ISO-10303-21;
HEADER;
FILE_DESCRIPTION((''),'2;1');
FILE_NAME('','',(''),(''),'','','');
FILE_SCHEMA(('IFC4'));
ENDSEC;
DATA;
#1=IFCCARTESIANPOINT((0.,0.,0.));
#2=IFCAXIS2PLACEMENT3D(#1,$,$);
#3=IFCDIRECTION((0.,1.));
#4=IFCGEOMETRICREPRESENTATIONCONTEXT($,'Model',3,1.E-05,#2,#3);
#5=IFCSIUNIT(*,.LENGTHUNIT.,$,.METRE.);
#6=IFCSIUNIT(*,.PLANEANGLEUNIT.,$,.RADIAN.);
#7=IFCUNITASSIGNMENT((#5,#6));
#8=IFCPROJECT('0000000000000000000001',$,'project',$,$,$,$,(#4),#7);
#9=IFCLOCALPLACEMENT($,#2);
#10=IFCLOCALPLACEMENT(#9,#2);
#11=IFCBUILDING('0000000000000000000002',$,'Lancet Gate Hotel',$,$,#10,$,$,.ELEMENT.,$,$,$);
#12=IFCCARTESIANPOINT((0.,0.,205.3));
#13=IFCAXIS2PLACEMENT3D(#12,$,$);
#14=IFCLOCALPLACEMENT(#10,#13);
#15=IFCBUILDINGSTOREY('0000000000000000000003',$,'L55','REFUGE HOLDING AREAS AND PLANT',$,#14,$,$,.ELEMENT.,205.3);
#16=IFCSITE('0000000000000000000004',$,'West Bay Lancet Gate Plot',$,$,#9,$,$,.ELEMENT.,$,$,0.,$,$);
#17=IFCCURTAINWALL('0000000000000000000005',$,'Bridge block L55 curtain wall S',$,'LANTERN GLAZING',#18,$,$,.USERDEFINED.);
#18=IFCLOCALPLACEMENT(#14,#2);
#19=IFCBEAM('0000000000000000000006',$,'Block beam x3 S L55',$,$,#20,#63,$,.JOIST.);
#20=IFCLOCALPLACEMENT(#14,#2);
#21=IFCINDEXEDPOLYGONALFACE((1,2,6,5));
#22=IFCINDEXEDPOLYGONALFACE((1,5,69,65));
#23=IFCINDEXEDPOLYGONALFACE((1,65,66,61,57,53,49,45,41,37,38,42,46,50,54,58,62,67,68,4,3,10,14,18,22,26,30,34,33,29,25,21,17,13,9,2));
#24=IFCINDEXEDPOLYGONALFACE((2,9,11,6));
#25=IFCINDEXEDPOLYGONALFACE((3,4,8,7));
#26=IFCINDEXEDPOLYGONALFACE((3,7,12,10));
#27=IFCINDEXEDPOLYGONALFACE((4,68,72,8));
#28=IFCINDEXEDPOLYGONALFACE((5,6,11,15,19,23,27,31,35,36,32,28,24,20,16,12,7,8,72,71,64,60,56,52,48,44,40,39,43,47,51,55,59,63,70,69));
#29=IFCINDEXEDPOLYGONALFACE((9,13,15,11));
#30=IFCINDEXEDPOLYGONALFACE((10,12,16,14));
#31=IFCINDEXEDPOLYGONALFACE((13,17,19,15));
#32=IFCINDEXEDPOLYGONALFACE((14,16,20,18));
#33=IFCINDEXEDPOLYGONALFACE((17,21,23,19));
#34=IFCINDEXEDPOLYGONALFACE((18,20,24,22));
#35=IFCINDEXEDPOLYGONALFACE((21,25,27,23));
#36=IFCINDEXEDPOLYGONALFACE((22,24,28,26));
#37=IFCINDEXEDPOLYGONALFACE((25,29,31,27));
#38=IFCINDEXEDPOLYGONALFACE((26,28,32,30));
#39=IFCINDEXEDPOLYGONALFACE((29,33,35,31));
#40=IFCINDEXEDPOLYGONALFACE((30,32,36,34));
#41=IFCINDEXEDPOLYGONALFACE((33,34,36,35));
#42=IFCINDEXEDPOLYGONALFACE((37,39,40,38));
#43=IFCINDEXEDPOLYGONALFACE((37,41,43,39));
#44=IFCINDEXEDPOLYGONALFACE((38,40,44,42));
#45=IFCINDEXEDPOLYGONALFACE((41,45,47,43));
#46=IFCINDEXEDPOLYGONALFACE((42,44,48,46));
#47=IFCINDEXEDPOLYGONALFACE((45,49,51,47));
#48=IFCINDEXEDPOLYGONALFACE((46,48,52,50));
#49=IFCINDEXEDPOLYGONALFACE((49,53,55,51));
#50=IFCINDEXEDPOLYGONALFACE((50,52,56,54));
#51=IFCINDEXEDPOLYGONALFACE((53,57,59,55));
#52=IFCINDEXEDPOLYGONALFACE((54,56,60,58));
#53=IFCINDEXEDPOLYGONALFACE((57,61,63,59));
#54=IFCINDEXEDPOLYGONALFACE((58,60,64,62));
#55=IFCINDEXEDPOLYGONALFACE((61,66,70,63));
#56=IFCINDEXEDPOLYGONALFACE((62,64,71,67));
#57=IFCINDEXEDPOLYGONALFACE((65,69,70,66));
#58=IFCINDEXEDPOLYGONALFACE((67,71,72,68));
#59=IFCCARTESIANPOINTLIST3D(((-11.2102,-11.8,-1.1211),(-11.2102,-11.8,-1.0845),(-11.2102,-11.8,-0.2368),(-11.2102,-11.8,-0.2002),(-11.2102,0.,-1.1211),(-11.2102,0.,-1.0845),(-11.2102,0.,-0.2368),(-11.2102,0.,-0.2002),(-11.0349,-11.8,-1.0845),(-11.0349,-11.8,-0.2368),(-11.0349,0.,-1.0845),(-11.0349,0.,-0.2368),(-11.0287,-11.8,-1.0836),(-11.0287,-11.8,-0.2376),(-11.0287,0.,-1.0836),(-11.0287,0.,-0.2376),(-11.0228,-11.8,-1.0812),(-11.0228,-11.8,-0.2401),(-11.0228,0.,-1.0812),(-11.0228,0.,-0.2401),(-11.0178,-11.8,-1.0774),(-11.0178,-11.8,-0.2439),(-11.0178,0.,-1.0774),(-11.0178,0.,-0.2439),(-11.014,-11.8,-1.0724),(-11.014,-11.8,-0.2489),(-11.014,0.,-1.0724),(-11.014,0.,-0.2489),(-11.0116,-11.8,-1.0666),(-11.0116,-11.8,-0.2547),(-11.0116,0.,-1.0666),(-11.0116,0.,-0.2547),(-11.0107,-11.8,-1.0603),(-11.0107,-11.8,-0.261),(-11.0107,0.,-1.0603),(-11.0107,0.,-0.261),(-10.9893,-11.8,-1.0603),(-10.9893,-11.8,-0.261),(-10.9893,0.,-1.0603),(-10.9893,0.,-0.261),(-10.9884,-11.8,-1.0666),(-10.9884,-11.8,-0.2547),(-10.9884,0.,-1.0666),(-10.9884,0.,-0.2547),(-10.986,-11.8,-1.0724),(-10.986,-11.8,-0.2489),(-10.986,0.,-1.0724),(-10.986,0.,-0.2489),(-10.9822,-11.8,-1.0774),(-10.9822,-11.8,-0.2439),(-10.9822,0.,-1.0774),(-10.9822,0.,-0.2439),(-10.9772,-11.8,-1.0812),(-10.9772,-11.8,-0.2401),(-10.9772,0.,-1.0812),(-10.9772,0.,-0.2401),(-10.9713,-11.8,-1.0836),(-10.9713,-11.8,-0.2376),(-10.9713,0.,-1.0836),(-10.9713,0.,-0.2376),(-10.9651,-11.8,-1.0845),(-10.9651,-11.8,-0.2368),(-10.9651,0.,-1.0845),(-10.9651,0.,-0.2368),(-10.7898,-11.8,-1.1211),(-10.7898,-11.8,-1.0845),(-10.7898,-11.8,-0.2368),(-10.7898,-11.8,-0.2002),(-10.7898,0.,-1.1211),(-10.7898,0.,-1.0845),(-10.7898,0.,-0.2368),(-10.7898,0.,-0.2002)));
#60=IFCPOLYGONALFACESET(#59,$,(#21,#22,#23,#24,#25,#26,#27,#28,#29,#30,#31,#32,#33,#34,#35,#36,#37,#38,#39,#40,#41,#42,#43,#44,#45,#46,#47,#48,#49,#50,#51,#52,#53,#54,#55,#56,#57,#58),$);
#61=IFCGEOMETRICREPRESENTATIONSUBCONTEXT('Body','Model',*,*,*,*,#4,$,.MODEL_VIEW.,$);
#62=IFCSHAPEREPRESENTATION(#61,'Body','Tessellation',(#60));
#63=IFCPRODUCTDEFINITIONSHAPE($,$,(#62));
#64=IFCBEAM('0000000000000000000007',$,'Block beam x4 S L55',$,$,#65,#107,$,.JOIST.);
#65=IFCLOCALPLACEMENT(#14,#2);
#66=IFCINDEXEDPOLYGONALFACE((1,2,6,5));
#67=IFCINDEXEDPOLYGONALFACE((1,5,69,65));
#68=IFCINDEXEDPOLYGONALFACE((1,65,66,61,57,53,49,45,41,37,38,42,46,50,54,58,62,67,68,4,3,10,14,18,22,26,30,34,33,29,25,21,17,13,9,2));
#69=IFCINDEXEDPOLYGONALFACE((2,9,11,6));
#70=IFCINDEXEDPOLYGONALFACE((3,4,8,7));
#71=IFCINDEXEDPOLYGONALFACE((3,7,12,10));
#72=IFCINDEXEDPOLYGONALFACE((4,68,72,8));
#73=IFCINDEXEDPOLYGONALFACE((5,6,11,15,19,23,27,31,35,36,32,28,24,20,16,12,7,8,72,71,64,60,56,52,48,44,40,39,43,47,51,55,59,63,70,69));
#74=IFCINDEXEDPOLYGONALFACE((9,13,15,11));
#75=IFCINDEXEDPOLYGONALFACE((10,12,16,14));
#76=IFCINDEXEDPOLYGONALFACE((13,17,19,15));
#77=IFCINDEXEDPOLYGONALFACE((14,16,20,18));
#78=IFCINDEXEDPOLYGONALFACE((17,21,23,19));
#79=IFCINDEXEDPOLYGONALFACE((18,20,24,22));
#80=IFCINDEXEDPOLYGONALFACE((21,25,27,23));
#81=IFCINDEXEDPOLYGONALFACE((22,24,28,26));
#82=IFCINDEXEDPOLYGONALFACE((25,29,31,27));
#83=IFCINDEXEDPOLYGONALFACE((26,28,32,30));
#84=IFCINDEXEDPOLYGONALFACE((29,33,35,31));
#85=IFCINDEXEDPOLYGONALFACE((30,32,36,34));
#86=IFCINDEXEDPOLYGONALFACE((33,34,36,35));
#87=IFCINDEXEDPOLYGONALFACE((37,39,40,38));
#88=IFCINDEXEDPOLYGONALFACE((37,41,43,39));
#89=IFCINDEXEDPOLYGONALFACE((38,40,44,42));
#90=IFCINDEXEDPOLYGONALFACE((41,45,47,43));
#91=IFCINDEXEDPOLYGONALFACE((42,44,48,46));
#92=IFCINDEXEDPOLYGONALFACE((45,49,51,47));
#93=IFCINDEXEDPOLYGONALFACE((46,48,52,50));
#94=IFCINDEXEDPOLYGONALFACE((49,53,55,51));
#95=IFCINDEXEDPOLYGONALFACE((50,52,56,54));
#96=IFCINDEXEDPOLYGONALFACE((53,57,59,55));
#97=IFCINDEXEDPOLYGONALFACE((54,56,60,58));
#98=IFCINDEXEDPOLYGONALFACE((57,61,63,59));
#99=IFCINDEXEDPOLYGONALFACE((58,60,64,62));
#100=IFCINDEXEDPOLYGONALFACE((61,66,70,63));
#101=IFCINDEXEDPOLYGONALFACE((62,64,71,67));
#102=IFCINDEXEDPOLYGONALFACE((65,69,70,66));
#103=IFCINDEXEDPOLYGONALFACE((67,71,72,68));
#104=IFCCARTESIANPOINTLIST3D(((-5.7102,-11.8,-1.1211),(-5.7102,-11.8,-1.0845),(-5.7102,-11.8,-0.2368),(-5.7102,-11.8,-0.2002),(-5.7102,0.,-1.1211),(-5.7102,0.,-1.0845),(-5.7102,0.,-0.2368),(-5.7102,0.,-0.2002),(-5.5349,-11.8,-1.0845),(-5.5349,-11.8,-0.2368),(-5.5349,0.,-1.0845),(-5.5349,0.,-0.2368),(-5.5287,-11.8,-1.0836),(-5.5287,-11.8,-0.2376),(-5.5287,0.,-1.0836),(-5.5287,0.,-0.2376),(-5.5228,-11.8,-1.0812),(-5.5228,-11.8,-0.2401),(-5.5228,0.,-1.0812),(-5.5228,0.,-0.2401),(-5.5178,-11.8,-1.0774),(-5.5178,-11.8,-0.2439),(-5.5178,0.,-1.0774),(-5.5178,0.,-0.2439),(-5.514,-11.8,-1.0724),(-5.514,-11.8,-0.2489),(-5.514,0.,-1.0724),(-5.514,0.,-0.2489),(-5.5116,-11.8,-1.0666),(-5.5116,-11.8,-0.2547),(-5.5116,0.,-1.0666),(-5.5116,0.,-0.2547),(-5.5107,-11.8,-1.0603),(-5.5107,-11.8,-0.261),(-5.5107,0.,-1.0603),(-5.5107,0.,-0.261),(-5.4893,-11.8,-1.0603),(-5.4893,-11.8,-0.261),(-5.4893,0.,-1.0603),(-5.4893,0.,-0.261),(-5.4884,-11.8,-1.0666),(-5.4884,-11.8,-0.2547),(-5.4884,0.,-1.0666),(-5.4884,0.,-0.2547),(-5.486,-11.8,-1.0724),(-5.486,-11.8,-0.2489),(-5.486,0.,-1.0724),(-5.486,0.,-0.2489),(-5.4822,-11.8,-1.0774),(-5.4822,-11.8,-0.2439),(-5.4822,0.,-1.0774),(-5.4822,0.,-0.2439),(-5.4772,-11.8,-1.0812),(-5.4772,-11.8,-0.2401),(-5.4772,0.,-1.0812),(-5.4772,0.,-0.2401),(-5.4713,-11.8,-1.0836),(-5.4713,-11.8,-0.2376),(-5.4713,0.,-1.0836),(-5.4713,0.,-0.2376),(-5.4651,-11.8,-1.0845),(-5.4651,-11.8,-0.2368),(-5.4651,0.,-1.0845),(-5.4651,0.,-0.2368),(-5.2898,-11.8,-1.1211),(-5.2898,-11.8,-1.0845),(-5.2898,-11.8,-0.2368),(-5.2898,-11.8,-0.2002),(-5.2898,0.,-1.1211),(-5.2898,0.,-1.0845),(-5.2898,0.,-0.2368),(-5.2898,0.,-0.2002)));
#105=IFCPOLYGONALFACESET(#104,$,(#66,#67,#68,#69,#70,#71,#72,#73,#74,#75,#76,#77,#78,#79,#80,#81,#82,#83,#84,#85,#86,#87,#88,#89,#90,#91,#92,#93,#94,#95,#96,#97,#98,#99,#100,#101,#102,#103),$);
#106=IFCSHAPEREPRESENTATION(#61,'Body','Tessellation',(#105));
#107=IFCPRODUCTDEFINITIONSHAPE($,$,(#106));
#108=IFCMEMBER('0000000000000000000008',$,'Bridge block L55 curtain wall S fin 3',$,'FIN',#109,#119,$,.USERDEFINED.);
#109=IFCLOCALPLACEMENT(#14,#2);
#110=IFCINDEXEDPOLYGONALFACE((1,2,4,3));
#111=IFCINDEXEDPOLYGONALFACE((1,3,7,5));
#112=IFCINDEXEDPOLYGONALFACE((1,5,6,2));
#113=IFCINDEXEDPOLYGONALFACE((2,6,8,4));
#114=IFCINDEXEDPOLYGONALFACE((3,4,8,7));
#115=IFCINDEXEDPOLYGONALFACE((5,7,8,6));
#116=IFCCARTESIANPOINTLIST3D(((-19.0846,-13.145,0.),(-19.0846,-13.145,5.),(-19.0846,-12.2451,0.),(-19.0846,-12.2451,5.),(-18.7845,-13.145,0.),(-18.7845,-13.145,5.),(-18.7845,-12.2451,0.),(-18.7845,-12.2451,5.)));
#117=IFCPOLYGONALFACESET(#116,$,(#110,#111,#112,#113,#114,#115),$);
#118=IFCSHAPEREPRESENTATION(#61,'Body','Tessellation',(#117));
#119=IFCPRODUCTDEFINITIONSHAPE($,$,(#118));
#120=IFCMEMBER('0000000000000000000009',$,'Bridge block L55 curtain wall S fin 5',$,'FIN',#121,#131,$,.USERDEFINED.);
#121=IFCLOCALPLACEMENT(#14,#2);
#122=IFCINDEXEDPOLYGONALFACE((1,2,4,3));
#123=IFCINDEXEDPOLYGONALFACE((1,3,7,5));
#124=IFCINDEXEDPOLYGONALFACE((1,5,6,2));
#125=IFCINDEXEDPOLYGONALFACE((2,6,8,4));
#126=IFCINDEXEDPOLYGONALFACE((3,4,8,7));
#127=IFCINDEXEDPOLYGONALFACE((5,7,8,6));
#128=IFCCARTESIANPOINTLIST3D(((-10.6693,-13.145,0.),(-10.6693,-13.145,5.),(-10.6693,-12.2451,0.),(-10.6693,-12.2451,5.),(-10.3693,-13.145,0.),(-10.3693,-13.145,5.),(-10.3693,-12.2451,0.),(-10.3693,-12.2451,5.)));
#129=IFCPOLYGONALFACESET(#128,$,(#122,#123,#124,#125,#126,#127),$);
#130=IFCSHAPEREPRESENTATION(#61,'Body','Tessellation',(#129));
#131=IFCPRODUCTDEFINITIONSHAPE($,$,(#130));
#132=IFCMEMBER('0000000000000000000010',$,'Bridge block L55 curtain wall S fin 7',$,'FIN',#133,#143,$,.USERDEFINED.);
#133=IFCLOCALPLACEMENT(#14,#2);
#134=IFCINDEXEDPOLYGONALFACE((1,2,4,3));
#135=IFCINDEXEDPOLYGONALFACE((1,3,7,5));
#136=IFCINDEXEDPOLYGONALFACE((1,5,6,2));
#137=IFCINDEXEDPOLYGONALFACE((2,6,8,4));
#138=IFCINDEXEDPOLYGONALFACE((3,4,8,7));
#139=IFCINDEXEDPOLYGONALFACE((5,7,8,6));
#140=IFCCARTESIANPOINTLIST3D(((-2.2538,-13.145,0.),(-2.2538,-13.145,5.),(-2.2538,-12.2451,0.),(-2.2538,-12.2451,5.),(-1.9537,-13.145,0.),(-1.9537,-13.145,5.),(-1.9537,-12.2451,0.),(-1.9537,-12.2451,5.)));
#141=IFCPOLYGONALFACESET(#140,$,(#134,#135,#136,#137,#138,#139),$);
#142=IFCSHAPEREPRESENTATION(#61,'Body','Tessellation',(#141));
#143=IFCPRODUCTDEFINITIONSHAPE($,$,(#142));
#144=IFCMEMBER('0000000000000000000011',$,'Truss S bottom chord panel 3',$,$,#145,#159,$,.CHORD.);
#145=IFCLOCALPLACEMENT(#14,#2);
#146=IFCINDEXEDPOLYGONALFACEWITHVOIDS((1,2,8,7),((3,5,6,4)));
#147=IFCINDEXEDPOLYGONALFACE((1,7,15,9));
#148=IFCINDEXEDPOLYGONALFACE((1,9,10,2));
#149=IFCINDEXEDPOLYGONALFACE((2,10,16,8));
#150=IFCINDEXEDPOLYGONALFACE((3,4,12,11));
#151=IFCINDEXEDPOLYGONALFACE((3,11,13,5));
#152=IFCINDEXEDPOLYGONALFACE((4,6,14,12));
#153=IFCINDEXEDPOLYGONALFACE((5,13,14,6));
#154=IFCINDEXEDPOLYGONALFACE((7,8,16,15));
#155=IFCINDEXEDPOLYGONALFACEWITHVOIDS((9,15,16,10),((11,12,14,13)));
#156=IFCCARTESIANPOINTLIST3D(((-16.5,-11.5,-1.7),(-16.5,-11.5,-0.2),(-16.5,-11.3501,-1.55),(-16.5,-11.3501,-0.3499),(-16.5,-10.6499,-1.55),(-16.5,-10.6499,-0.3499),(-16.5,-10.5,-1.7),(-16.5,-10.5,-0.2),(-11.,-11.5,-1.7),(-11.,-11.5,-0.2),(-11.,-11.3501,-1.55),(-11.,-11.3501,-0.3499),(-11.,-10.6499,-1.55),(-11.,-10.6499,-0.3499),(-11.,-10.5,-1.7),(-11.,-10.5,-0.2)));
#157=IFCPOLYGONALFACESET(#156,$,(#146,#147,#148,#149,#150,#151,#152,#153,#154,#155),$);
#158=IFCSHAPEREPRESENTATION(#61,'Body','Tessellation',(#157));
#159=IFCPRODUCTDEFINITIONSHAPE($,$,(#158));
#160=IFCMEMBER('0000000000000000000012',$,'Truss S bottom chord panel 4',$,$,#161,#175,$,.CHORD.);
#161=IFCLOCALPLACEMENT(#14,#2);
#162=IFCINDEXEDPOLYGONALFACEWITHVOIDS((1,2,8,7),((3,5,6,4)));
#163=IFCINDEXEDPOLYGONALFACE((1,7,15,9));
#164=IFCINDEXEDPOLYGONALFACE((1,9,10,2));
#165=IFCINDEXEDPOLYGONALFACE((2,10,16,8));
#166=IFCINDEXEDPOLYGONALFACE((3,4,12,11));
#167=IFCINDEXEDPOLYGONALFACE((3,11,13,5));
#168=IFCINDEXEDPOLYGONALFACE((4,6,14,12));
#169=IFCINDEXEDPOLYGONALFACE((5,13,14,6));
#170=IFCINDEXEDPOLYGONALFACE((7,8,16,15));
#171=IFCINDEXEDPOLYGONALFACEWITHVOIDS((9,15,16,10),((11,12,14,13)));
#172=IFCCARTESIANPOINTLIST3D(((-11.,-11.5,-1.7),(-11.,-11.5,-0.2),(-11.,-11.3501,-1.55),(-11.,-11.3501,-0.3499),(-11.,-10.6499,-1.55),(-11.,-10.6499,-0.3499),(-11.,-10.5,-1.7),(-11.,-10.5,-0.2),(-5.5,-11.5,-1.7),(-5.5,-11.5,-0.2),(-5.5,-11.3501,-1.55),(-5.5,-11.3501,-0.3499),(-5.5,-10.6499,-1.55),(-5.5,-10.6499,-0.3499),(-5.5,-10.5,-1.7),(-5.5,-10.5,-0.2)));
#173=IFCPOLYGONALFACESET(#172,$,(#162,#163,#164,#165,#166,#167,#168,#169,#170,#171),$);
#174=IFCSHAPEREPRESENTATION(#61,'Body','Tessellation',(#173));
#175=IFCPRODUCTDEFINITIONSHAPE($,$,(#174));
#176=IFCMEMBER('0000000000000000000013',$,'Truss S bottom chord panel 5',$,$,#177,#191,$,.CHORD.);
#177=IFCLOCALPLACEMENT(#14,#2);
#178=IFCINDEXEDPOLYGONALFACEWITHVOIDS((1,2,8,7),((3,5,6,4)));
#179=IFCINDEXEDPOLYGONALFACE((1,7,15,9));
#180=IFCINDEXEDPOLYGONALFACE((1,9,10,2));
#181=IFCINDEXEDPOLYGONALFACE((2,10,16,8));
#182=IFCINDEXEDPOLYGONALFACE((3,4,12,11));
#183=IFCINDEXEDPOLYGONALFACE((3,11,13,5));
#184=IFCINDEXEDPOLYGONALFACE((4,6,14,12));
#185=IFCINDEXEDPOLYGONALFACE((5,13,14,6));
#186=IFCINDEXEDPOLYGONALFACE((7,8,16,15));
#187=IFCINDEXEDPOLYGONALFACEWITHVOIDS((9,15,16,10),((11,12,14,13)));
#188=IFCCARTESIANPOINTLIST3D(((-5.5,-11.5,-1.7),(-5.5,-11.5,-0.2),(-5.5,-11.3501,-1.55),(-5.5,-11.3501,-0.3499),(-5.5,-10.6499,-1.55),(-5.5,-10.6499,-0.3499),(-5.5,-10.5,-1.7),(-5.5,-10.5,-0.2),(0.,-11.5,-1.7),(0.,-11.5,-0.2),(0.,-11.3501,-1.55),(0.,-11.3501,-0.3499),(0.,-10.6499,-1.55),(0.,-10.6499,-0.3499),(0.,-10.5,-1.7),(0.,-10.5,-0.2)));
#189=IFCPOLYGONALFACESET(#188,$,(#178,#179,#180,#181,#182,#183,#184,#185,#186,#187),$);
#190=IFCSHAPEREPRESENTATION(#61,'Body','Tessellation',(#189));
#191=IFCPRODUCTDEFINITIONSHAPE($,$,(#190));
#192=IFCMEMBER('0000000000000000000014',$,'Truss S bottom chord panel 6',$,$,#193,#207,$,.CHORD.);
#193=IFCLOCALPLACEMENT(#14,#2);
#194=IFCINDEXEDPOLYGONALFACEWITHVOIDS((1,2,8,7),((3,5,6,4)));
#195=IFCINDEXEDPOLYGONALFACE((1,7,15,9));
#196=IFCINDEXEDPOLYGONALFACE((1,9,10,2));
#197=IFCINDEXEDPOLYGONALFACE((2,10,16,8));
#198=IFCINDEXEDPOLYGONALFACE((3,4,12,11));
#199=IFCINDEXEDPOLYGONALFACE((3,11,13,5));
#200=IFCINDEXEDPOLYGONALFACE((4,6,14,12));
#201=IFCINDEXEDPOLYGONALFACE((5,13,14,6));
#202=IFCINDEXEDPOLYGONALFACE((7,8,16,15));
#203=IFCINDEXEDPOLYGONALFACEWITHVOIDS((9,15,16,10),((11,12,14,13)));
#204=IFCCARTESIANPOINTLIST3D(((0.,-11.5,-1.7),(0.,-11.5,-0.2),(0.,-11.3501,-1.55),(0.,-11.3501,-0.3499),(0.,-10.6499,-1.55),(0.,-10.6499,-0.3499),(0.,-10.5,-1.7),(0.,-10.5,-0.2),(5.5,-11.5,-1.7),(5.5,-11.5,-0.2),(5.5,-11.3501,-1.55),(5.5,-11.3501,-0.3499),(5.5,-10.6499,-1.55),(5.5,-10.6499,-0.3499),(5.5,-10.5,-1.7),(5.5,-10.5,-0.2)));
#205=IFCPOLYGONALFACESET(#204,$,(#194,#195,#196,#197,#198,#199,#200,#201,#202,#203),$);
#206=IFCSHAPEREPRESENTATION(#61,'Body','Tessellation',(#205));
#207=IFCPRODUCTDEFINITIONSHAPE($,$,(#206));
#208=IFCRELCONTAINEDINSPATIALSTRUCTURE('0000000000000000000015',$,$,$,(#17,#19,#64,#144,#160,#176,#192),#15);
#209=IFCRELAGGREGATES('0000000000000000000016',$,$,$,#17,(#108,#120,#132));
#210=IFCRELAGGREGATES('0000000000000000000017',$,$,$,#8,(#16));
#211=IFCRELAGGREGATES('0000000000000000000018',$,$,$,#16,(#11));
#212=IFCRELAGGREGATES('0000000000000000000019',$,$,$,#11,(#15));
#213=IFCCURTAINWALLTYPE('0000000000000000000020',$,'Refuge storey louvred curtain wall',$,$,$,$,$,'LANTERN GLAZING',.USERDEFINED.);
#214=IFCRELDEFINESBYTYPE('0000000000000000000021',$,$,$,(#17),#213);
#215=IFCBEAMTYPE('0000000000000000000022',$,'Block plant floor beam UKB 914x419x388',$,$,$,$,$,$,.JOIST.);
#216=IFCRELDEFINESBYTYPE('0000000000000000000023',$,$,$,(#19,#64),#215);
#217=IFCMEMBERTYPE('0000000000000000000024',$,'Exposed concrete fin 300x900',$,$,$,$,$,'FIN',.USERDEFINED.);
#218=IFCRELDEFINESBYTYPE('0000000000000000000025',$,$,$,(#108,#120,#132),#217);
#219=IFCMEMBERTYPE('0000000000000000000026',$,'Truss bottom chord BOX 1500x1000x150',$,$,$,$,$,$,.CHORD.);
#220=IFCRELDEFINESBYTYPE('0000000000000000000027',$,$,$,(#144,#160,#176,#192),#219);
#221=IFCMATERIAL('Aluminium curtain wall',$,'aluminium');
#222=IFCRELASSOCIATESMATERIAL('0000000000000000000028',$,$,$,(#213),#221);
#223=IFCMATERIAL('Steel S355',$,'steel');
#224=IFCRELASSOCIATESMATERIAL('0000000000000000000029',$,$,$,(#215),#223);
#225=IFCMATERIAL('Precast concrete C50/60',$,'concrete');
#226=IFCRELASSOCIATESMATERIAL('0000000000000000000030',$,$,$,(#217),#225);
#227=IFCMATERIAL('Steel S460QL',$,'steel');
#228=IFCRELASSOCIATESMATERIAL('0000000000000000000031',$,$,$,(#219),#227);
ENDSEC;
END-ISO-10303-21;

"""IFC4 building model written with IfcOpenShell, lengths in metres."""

from ifc_helpers import new_model, si_unit, direction, frame, origin, origin_2d, place, context, subcontext, project, spatial, rectangle, hollow_rectangle, i_section, extrude, material, material_profile, profile_set, type_object, element, aggregate, save


model = new_model("IFC4")

# Units and contexts
model_context = context("Model", 3, precision=1e-05, world=origin(), true_north=direction((0.0, 1.0)))
body_context = subcontext(model_context, "Body", "Model", "MODEL_VIEW")
ifc_project = project(units=[si_unit("LENGTHUNIT", "METRE"), si_unit("PLANEANGLEUNIT", "RADIAN")], contexts=[model_context])

# Site, building, storey
site_placement = place(None, origin())
site = spatial("IfcSite", under=ifc_project, at=site_placement, Name="West Bay Lancet Gate Plot", CompositionType="ELEMENT", RefElevation=0.0)
building_placement = place(site_placement, origin())
building = spatial("IfcBuilding", under=site, at=building_placement, Name="Lancet Gate Hotel", CompositionType="ELEMENT")
storey_placement = place(building_placement, frame((0.0, 0.0, 205.3)))
storey = spatial("IfcBuildingStorey", under=building, at=storey_placement, Name="L55", Description="REFUGE HOLDING AREAS AND PLANT", CompositionType="ELEMENT", Elevation=205.3)

# Curtain wall
ifc_material_1 = material(Name="Aluminium curtain wall", Category="aluminium")
curtain_wall_type = type_object("IfcCurtainWallType", Name="Refuge storey louvred curtain wall", ElementType="LANTERN GLAZING", PredefinedType="USERDEFINED", material=ifc_material_1)
curtain_wall_placement = place(storey_placement, origin())
curtain_wall = element("IfcCurtainWall", 1, at=curtain_wall_placement, inside=storey, type_object=curtain_wall_type, Name="Bridge block L55 curtain wall S", ObjectType="LANTERN GLAZING", PredefinedType="USERDEFINED")

# Beams
ifc_material_2 = material(Name="Steel S355", Category="steel")
ifc_material_profile_1 = material_profile(ifc_material_2, i_section(OverallWidth=0.4204, OverallDepth=0.9209, WebThickness=0.0215, FlangeThickness=0.0366, FilletRadius=0.0242, at=origin_2d()), Name="UKB 914x419x388")
ifc_profile_set_1 = profile_set([ifc_material_profile_1], Name="Steel S355")
beam_type_1 = type_object("IfcBeamType", Name="Block plant floor beam UKB 914x419x388", PredefinedType="JOIST", material=ifc_profile_set_1)
for number, where, z_axis, x_axis, name in (
    (2, (-11.0, -11.8, -0.6606), (0.0, 1.0, 0.0), (-1.0, 0.0, 0.0), "Block beam x3 S L55"),
    (3, (-5.5, -11.8, -0.6606), (0.0, 1.0, 0.0), (-1.0, 0.0, 0.0), "Block beam x4 S L55"),
):
    element("IfcBeam", number, at=place(storey_placement, frame(where, z_axis=z_axis, x_axis=x_axis)), inside=storey, type_object=beam_type_1, Name=name, PredefinedType="JOIST", context=body_context, shape_type="SweptSolid", body=[
        extrude(i_section(OverallWidth=0.4204, OverallDepth=0.9209, WebThickness=0.0215, FlangeThickness=0.0366, FilletRadius=0.0242, at=origin_2d()), origin(), (0.0, 0.0, 1.0), 11.8),
    ])

# Members
ifc_material_3 = material(Name="Precast concrete C50/60", Category="concrete")
ifc_material_profile_2 = material_profile(ifc_material_3, rectangle(XDim=0.3, YDim=0.8999, at=origin_2d()), Name="FIN 300x900")
ifc_profile_set_2 = profile_set([ifc_material_profile_2], Name="Precast concrete C50/60")
member_type_1 = type_object("IfcMemberType", Name="Exposed concrete fin 300x900", ElementType="FIN", PredefinedType="USERDEFINED", material=ifc_profile_set_2)
member_1_placement = place(storey_placement, frame((-18.9346, -12.6951, 0.0), z_axis=(0.0, 0.0, 1.0), x_axis=(1.0, 0.0, 0.0)))
member_1 = element("IfcMember", 4, at=member_1_placement, type_object=member_type_1, Name="Bridge block L55 curtain wall S fin 3", ObjectType="FIN", PredefinedType="USERDEFINED", context=body_context, shape_type="SweptSolid", body=[
    extrude(rectangle(XDim=0.3, YDim=0.8999, at=origin_2d()), origin(), (0.0, 0.0, 1.0), 5.0),
])
member_2_placement = place(storey_placement, frame((-10.5193, -12.6951, 0.0), z_axis=(0.0, 0.0, 1.0), x_axis=(1.0, 0.0, 0.0)))
member_2 = element("IfcMember", 5, at=member_2_placement, type_object=member_type_1, Name="Bridge block L55 curtain wall S fin 5", ObjectType="FIN", PredefinedType="USERDEFINED", context=body_context, shape_type="SweptSolid", body=[
    extrude(rectangle(XDim=0.3, YDim=0.8999, at=origin_2d()), origin(), (0.0, 0.0, 1.0), 5.0),
])
member_3_placement = place(storey_placement, frame((-2.1038, -12.6951, 0.0), z_axis=(0.0, 0.0, 1.0), x_axis=(1.0, 0.0, 0.0)))
member_3 = element("IfcMember", 6, at=member_3_placement, type_object=member_type_1, Name="Bridge block L55 curtain wall S fin 7", ObjectType="FIN", PredefinedType="USERDEFINED", context=body_context, shape_type="SweptSolid", body=[
    extrude(rectangle(XDim=0.3, YDim=0.8999, at=origin_2d()), origin(), (0.0, 0.0, 1.0), 5.0),
])

# Members
ifc_material_4 = material(Name="Steel S460QL", Category="steel")
ifc_material_profile_3 = material_profile(ifc_material_4, hollow_rectangle(XDim=1.0, YDim=1.5, WallThickness=0.1499, at=origin_2d()), Name="BOX 1500x1000x150")
ifc_profile_set_3 = profile_set([ifc_material_profile_3], Name="Steel S460QL")
member_type_2 = type_object("IfcMemberType", Name="Truss bottom chord BOX 1500x1000x150", PredefinedType="CHORD", material=ifc_profile_set_3)
for number, where, z_axis, x_axis, name in (
    (7, (-16.5, -11.0, -0.95), (1.0, 0.0, 0.0), (0.0, 1.0, 0.0), "Truss S bottom chord panel 3"),
    (8, (-11.0, -11.0, -0.95), (1.0, 0.0, 0.0), (0.0, 1.0, 0.0), "Truss S bottom chord panel 4"),
    (9, (-5.5, -11.0, -0.95), (1.0, 0.0, 0.0), (0.0, 1.0, 0.0), "Truss S bottom chord panel 5"),
    (10, (0.0, -11.0, -0.95), (1.0, 0.0, 0.0), (0.0, 1.0, 0.0), "Truss S bottom chord panel 6"),
):
    element("IfcMember", number, at=place(storey_placement, frame(where, z_axis=z_axis, x_axis=x_axis)), inside=storey, type_object=member_type_2, Name=name, PredefinedType="CHORD", context=body_context, shape_type="SweptSolid", body=[
        extrude(hollow_rectangle(XDim=1.0, YDim=1.5, WallThickness=0.1499, at=origin_2d()), origin(), (0.0, 0.0, 1.0), 5.5),
    ])

aggregate(curtain_wall, [member_1, member_2, member_3])

save(model, "model.ifc")
